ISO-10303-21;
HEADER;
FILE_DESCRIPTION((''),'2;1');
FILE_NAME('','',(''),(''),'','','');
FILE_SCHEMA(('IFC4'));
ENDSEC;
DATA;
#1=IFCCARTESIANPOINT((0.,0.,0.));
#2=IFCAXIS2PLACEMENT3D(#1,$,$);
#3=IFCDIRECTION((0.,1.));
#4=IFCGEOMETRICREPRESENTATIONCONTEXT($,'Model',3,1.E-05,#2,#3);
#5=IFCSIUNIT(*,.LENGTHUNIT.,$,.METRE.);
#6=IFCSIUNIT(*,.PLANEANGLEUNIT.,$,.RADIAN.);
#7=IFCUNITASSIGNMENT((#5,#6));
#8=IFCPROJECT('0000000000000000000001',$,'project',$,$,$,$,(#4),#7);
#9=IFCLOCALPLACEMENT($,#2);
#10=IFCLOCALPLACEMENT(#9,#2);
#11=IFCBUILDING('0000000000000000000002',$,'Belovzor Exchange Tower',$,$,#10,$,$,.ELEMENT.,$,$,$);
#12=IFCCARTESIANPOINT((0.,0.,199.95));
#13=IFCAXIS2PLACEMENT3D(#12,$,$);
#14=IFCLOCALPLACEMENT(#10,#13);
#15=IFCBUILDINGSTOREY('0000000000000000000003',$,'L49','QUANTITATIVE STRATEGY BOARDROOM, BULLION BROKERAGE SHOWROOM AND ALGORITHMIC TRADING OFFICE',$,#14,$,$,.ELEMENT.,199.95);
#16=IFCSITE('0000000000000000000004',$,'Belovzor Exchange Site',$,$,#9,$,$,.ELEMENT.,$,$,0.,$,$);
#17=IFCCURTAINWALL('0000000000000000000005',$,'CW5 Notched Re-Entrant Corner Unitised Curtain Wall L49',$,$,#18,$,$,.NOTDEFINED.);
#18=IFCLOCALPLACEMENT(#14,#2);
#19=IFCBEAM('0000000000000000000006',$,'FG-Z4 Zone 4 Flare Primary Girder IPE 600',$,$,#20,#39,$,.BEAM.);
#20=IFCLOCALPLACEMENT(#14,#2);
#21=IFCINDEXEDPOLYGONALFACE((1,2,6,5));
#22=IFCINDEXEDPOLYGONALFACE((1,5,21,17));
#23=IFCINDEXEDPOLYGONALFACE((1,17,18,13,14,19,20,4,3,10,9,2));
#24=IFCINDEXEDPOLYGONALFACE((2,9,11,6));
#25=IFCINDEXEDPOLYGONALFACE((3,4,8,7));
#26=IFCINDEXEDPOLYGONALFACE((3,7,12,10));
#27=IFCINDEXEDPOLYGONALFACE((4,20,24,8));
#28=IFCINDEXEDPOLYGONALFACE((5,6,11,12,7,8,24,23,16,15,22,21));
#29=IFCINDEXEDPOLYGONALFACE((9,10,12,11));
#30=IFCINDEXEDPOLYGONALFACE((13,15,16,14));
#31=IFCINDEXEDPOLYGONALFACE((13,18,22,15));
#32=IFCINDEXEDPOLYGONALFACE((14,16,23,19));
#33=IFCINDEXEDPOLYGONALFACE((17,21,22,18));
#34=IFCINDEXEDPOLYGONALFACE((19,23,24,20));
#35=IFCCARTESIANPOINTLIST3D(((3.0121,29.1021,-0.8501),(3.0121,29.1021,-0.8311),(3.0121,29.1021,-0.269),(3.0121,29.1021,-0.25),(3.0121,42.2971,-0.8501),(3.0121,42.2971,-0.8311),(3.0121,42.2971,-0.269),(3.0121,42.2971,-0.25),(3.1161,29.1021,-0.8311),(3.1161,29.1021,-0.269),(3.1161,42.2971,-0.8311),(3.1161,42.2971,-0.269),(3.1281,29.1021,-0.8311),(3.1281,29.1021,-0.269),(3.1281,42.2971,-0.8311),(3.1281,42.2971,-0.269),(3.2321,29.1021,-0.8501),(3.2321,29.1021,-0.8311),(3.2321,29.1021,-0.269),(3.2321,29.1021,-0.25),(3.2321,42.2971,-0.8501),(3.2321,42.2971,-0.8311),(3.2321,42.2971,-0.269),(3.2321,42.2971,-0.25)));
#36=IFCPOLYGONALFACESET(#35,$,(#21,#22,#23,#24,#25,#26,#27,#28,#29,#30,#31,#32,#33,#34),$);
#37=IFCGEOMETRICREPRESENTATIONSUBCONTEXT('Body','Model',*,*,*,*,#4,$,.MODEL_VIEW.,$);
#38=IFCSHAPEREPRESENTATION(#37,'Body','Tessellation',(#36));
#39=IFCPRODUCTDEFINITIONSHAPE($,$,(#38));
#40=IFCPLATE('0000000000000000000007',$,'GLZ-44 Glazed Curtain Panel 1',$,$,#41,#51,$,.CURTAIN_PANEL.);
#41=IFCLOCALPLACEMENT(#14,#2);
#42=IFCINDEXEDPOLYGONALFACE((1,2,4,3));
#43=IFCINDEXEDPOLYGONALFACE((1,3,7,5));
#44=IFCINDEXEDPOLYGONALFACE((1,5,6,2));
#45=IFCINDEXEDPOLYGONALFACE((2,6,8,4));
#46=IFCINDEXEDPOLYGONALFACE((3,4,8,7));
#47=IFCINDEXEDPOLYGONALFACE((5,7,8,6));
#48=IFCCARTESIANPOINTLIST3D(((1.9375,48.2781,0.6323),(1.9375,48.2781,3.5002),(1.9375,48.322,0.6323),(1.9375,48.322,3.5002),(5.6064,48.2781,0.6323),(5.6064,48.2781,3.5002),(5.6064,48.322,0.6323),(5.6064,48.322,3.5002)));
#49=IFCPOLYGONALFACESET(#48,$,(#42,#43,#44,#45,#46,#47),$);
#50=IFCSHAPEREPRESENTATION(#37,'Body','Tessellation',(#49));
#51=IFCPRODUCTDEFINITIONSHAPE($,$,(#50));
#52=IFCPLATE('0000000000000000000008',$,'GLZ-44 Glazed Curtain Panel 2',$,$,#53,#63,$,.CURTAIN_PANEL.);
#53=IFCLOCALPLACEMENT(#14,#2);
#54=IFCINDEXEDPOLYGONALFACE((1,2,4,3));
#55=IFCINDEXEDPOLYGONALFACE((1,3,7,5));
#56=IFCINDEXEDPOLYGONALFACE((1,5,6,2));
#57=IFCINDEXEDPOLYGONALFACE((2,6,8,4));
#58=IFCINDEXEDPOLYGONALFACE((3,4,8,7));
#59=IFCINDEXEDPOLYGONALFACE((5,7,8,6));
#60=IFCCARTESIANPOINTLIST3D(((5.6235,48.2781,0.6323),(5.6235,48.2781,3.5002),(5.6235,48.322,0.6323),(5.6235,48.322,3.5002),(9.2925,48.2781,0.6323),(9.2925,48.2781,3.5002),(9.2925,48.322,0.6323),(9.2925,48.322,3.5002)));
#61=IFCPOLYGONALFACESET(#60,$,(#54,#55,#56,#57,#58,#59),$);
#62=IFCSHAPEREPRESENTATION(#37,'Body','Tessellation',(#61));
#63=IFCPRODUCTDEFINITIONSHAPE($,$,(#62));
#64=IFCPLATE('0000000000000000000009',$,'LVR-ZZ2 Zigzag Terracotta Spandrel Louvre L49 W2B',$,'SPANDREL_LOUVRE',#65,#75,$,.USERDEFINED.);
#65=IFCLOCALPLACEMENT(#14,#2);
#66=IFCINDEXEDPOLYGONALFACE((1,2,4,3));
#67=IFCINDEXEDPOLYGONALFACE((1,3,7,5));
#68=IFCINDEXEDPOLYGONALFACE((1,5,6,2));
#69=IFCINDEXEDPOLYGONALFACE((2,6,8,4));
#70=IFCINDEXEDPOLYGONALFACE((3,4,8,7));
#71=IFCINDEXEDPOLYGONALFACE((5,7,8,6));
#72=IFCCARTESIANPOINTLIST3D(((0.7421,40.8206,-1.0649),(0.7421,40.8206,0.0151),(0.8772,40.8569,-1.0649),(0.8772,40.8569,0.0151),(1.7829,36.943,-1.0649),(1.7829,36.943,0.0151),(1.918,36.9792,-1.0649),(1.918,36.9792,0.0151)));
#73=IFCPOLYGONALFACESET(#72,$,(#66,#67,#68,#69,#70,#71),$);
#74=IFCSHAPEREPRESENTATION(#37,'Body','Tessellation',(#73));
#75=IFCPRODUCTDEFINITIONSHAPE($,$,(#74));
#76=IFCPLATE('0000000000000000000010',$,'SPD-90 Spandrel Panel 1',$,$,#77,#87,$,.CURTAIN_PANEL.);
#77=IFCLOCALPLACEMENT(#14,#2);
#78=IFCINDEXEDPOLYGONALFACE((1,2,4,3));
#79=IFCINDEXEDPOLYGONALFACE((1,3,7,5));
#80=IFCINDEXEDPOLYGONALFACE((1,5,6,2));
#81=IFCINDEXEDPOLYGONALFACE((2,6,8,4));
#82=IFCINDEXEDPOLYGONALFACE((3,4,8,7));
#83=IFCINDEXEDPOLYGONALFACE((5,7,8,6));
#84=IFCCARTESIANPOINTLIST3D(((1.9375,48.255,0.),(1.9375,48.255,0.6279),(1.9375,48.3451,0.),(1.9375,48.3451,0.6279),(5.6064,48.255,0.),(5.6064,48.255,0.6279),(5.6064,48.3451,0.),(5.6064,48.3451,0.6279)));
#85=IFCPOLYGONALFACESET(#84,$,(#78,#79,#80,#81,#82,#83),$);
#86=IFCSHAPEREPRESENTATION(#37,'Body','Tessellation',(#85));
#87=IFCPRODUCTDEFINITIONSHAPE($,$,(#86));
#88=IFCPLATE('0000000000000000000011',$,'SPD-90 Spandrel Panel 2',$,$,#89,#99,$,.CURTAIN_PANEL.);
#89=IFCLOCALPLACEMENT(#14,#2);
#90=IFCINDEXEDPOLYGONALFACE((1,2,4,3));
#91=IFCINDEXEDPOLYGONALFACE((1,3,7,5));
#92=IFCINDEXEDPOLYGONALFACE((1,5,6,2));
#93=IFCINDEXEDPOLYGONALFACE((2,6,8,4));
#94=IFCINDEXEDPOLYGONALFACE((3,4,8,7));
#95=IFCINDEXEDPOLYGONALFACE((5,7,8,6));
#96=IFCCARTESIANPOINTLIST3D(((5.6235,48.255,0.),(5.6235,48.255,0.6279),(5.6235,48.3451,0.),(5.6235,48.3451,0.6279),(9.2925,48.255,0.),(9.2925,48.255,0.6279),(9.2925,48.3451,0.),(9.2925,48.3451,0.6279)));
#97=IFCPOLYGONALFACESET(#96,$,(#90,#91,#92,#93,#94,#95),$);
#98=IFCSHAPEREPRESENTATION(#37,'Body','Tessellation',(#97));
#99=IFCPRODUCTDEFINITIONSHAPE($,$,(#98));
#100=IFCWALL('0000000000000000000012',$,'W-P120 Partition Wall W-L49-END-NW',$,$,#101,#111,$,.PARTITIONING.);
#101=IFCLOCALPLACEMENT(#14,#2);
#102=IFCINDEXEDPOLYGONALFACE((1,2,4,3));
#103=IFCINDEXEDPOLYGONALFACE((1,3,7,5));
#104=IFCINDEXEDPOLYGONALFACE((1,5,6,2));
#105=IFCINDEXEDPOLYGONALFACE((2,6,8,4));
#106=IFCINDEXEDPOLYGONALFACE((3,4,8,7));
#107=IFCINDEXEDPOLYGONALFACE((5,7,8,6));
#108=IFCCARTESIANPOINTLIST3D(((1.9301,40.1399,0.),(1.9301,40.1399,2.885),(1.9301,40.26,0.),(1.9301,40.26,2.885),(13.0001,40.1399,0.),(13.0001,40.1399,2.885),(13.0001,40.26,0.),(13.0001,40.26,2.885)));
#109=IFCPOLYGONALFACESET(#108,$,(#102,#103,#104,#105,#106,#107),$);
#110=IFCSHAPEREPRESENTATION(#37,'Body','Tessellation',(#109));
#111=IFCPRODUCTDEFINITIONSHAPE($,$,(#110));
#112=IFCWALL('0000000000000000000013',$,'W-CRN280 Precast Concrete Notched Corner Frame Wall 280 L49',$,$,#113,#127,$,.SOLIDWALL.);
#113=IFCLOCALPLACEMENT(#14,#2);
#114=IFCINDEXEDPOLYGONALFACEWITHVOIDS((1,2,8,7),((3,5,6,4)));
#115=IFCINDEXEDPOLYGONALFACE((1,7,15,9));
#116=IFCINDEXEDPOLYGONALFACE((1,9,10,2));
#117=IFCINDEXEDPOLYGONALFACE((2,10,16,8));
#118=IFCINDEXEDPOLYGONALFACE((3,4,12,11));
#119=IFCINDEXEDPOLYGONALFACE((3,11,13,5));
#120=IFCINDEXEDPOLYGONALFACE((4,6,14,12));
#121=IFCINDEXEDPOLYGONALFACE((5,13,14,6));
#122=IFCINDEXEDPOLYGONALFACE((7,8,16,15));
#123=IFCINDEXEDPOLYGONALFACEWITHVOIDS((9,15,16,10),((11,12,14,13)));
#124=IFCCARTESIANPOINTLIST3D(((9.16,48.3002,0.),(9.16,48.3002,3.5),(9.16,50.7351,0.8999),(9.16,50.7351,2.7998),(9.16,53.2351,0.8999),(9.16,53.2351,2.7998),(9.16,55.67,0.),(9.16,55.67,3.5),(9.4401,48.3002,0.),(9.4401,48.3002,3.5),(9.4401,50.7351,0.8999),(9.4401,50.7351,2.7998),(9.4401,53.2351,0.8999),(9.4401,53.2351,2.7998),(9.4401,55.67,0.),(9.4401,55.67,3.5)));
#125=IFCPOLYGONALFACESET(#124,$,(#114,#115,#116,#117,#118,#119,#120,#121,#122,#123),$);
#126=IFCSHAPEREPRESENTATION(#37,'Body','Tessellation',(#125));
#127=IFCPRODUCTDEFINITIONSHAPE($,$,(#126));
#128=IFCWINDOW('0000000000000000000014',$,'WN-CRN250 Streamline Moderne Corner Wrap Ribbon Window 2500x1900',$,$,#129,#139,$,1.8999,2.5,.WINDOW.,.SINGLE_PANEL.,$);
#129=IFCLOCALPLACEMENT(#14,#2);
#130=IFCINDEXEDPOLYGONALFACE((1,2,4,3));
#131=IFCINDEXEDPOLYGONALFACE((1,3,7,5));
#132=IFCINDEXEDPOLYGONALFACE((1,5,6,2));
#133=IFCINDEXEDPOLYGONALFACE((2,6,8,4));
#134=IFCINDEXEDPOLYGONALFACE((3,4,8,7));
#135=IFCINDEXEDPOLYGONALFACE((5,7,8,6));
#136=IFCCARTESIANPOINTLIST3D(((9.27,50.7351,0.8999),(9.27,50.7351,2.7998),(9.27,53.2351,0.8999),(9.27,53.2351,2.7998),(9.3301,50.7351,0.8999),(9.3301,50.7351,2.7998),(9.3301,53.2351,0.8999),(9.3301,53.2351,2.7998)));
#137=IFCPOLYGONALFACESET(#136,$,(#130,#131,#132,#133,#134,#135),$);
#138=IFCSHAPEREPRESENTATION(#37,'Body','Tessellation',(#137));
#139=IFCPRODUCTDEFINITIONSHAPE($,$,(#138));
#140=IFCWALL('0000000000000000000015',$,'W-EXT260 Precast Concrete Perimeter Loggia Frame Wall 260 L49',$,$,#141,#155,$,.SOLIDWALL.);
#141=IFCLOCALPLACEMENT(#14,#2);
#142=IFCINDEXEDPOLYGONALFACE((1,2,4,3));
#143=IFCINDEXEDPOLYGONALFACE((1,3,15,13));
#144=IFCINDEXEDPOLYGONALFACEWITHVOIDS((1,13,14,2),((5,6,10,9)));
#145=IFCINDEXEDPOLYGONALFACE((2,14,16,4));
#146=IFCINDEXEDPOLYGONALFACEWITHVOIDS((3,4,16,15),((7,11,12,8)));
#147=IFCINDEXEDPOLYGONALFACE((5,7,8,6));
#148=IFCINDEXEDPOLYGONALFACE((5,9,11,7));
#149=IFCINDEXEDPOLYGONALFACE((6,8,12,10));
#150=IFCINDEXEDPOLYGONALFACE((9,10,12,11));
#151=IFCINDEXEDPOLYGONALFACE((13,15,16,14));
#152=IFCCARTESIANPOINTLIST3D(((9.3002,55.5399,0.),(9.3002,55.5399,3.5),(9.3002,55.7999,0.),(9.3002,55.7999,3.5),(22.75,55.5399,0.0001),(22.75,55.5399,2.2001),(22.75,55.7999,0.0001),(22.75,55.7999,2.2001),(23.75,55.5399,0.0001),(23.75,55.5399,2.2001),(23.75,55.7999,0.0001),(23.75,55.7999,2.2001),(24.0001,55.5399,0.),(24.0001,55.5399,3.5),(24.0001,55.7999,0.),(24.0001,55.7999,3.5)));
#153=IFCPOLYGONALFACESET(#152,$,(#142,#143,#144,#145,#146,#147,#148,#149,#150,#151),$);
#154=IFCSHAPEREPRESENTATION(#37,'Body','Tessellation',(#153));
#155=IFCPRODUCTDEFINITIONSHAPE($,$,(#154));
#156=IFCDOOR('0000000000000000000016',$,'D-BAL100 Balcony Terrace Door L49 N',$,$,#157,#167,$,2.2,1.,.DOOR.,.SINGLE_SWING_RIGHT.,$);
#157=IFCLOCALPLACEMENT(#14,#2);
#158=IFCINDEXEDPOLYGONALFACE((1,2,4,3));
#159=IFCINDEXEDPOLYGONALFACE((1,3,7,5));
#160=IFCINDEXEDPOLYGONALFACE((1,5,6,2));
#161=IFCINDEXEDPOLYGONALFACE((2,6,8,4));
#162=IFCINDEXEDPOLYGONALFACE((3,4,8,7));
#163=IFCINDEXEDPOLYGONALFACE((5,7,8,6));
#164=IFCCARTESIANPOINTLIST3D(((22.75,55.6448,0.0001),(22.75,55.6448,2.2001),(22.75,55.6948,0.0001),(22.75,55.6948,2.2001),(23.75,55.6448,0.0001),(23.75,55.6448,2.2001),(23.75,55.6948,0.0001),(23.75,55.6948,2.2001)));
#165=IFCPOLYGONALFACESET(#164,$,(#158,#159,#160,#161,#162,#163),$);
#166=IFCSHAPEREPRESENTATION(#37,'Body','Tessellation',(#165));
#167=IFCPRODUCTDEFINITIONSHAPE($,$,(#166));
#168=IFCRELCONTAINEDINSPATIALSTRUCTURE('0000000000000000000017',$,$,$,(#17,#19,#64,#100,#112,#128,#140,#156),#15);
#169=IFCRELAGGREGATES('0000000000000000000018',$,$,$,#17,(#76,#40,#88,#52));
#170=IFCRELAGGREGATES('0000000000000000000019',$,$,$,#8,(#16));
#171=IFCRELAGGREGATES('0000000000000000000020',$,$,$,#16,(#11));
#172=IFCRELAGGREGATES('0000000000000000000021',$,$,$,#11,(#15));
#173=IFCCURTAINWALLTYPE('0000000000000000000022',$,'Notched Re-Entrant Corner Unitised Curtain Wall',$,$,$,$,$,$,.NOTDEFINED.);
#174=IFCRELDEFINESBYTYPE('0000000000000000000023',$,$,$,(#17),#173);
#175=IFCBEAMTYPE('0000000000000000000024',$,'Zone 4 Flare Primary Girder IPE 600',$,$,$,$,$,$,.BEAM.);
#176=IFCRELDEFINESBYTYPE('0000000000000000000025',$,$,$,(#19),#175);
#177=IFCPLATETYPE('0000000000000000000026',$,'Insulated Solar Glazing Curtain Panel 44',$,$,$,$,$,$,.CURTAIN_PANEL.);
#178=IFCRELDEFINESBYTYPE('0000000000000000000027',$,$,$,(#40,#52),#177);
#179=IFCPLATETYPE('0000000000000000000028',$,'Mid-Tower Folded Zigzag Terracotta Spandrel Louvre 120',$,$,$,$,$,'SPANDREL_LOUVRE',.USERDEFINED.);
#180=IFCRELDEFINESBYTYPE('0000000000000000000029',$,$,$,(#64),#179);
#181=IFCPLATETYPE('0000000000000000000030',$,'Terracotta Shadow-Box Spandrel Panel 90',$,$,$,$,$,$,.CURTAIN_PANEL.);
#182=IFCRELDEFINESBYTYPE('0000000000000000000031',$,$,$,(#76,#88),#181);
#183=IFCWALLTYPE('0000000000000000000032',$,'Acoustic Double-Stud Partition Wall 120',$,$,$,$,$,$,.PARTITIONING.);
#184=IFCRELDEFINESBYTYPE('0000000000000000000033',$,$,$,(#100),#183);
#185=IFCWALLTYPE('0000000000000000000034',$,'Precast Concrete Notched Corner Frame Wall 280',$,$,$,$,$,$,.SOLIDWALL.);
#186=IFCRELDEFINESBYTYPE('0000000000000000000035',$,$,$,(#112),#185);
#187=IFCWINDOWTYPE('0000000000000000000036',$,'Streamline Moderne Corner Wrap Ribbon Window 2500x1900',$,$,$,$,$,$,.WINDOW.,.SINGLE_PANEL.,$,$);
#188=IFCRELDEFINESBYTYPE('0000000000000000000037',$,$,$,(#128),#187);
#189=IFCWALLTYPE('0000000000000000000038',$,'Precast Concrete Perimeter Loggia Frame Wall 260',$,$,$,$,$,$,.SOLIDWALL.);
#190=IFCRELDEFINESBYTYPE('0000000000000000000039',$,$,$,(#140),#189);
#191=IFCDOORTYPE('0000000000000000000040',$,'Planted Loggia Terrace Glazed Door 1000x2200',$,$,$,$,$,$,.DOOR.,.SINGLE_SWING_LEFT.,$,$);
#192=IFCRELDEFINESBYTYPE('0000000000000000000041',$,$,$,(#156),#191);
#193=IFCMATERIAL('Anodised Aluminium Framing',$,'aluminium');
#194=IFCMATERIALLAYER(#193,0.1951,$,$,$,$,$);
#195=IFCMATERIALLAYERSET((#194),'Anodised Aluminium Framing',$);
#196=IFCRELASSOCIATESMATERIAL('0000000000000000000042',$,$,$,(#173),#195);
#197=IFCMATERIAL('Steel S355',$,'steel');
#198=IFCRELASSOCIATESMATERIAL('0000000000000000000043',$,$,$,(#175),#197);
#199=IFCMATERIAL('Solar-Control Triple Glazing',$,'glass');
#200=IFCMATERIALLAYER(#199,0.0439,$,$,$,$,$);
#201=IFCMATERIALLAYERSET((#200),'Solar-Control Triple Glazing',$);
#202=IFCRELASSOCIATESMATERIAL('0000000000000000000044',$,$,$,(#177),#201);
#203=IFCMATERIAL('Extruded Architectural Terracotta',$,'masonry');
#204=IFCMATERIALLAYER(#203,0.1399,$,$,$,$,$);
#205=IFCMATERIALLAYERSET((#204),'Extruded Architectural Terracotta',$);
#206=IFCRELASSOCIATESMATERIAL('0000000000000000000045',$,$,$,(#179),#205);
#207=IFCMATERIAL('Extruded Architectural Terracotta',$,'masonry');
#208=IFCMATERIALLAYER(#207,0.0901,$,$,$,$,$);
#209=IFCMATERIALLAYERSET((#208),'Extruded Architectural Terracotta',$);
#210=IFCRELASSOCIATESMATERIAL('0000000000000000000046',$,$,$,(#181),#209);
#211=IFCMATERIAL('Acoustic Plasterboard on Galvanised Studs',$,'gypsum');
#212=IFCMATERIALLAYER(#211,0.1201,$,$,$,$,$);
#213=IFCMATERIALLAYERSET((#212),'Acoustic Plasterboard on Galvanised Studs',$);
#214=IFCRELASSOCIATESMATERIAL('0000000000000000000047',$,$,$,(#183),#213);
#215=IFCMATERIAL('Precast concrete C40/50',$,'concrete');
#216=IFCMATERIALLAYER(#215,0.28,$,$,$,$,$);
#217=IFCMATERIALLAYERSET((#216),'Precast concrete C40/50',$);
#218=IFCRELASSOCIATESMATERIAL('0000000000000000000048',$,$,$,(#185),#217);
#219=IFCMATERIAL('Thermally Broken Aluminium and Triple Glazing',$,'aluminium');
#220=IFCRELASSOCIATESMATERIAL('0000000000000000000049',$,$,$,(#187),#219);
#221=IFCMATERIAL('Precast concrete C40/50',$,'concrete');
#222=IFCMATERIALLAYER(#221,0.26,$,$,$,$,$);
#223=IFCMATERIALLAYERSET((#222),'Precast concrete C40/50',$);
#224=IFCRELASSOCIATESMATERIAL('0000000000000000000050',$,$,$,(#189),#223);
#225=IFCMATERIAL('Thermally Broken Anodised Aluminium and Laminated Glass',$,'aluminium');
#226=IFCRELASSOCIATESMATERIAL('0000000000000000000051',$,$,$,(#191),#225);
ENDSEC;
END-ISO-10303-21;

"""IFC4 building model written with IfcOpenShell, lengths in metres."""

from ifc_helpers import new_model, si_unit, direction, frame, frame_2d, origin, origin_2d, place, context, subcontext, project, spatial, rectangle, i_section, extrude, material, layer, layer_set, material_profile, profile_set, type_object, element, fill, aggregate, save


model = new_model("IFC4")

# Units and contexts
model_context = context("Model", 3, precision=1e-05, world=origin(), true_north=direction((0.0, 1.0)))
body_context = subcontext(model_context, "Body", "Model", "MODEL_VIEW")
ifc_project = project(units=[si_unit("LENGTHUNIT", "METRE"), si_unit("PLANEANGLEUNIT", "RADIAN")], contexts=[model_context])

# Site, building, storey
site_placement = place(None, origin())
site = spatial("IfcSite", under=ifc_project, at=site_placement, Name="Belovzor Exchange Site", CompositionType="ELEMENT", RefElevation=0.0)
building_placement = place(site_placement, origin())
building = spatial("IfcBuilding", under=site, at=building_placement, Name="Belovzor Exchange Tower", CompositionType="ELEMENT")
storey_placement = place(building_placement, frame((0.0, 0.0, 199.95)))
storey = spatial("IfcBuildingStorey", under=building, at=storey_placement, Name="L49", Description="QUANTITATIVE STRATEGY BOARDROOM, BULLION BROKERAGE SHOWROOM AND ALGORITHMIC TRADING OFFICE", CompositionType="ELEMENT", Elevation=199.95)

# Curtain wall
ifc_material_1 = material(Name="Anodised Aluminium Framing", Category="aluminium")
ifc_layer_1 = layer(ifc_material_1, 0.1951)
ifc_layer_set_1 = layer_set([ifc_layer_1], Name="Anodised Aluminium Framing")
curtain_wall_type = type_object("IfcCurtainWallType", Name="Notched Re-Entrant Corner Unitised Curtain Wall", PredefinedType="NOTDEFINED", material=ifc_layer_set_1)
curtain_wall_placement = place(storey_placement, origin())
curtain_wall = element("IfcCurtainWall", 1, at=curtain_wall_placement, inside=storey, type_object=curtain_wall_type, Name="CW5 Notched Re-Entrant Corner Unitised Curtain Wall L49", PredefinedType="NOTDEFINED")

# Beam
ifc_material_2 = material(Name="Steel S355", Category="steel")
ifc_material_profile_1 = material_profile(ifc_material_2, i_section(OverallWidth=0.22, OverallDepth=0.6001, WebThickness=0.012, FlangeThickness=0.019, at=origin_2d()))
ifc_profile_set_1 = profile_set([ifc_material_profile_1], Name="Steel S355")
beam_type_1 = type_object("IfcBeamType", Name="Zone 4 Flare Primary Girder IPE 600", PredefinedType="BEAM", material=ifc_profile_set_1)
beam_1_placement = place(storey_placement, frame((3.1221, 42.2971, -0.55), z_axis=(0.0, -1.0, 0.0), x_axis=(1.0, 0.0, 0.0)))
element("IfcBeam", 2, at=beam_1_placement, inside=storey, type_object=beam_type_1, Name="FG-Z4 Zone 4 Flare Primary Girder IPE 600", PredefinedType="BEAM", context=body_context, shape_type="SweptSolid", body=[
    extrude(i_section(OverallWidth=0.22, OverallDepth=0.6001, WebThickness=0.012, FlangeThickness=0.019, at=origin_2d()), origin(), (0.0, 0.0, 1.0), 13.1951),
])

# Plates
ifc_material_3 = material(Name="Solar-Control Triple Glazing", Category="glass")
ifc_layer_2 = layer(ifc_material_3, 0.0439)
ifc_layer_set_2 = layer_set([ifc_layer_2], Name="Solar-Control Triple Glazing")
plate_type_1 = type_object("IfcPlateType", Name="Insulated Solar Glazing Curtain Panel 44", PredefinedType="CURTAIN_PANEL", material=ifc_layer_set_2)
plate_1_placement = place(storey_placement, frame((3.772, 48.3, 0.6323), z_axis=(0.0, 0.0, 1.0), x_axis=(1.0, 0.0, 0.0)))
plate_1 = element("IfcPlate", 3, at=plate_1_placement, type_object=plate_type_1, Name="GLZ-44 Glazed Curtain Panel 1", PredefinedType="CURTAIN_PANEL", context=body_context, shape_type="SweptSolid", body=[
    extrude(rectangle(XDim=3.6689, YDim=0.0439, at=origin_2d()), origin(), (0.0, 0.0, 1.0), 2.8679),
])
plate_2_placement = place(storey_placement, frame((7.458, 48.3, 0.6323), z_axis=(0.0, 0.0, 1.0), x_axis=(1.0, 0.0, 0.0)))
plate_2 = element("IfcPlate", 4, at=plate_2_placement, type_object=plate_type_1, Name="GLZ-44 Glazed Curtain Panel 2", PredefinedType="CURTAIN_PANEL", context=body_context, shape_type="SweptSolid", body=[
    extrude(rectangle(XDim=3.6689, YDim=0.0439, at=origin_2d()), origin(), (0.0, 0.0, 1.0), 2.8679),
])
ifc_material_4 = material(Name="Extruded Architectural Terracotta", Category="masonry")
ifc_layer_3 = layer(ifc_material_4, 0.1399)
ifc_layer_set_3 = layer_set([ifc_layer_3], Name="Extruded Architectural Terracotta")
plate_type_2 = type_object("IfcPlateType", Name="Mid-Tower Folded Zigzag Terracotta Spandrel Louvre 120", ElementType="SPANDREL_LOUVRE", PredefinedType="USERDEFINED", material=ifc_layer_set_3)
plate_3_placement = place(storey_placement, frame((1.3301, 38.8999, -1.0649), z_axis=(0.0, 0.0, 1.0), x_axis=(-0.25924, 0.965813, 0.0)))
element("IfcPlate", 5, at=plate_3_placement, inside=storey, type_object=plate_type_2, Name="LVR-ZZ2 Zigzag Terracotta Spandrel Louvre L49 W2B", ObjectType="SPANDREL_LOUVRE", PredefinedType="USERDEFINED", context=body_context, shape_type="SweptSolid", body=[
    extrude(rectangle(XDim=4.0149, YDim=0.1399, at=origin_2d()), origin(), (0.0, 0.0, 1.0), 1.0801),
])
ifc_material_5 = material(Name="Extruded Architectural Terracotta", Category="masonry")
ifc_layer_4 = layer(ifc_material_5, 0.0901)
ifc_layer_set_4 = layer_set([ifc_layer_4], Name="Extruded Architectural Terracotta")
plate_type_3 = type_object("IfcPlateType", Name="Terracotta Shadow-Box Spandrel Panel 90", PredefinedType="CURTAIN_PANEL", material=ifc_layer_set_4)
plate_4_placement = place(storey_placement, frame((3.772, 48.3, 0.0), z_axis=(0.0, 0.0, 1.0), x_axis=(1.0, 0.0, 0.0)))
plate_4 = element("IfcPlate", 6, at=plate_4_placement, type_object=plate_type_3, Name="SPD-90 Spandrel Panel 1", PredefinedType="CURTAIN_PANEL", context=body_context, shape_type="SweptSolid", body=[
    extrude(rectangle(XDim=3.6689, YDim=0.0901, at=origin_2d()), origin(), (0.0, 0.0, 1.0), 0.6279),
])
plate_5_placement = place(storey_placement, frame((7.458, 48.3, 0.0), z_axis=(0.0, 0.0, 1.0), x_axis=(1.0, 0.0, 0.0)))
plate_5 = element("IfcPlate", 7, at=plate_5_placement, type_object=plate_type_3, Name="SPD-90 Spandrel Panel 2", PredefinedType="CURTAIN_PANEL", context=body_context, shape_type="SweptSolid", body=[
    extrude(rectangle(XDim=3.6689, YDim=0.0901, at=origin_2d()), origin(), (0.0, 0.0, 1.0), 0.6279),
])
aggregate(curtain_wall, [plate_4, plate_1, plate_5, plate_2])

# Wall
ifc_material_6 = material(Name="Acoustic Plasterboard on Galvanised Studs", Category="gypsum")
ifc_layer_5 = layer(ifc_material_6, 0.1201)
ifc_layer_set_5 = layer_set([ifc_layer_5], Name="Acoustic Plasterboard on Galvanised Studs")
wall_type_1 = type_object("IfcWallType", Name="Acoustic Double-Stud Partition Wall 120", PredefinedType="PARTITIONING", material=ifc_layer_set_5)
wall_1_placement = place(storey_placement, frame((1.9299, 40.2, 0.0), z_axis=(0.0, 0.0, 1.0), x_axis=(1.0, 0.0, 0.0)))
element("IfcWall", 8, at=wall_1_placement, inside=storey, type_object=wall_type_1, Name="W-P120 Partition Wall W-L49-END-NW", PredefinedType="PARTITIONING", context=body_context, shape_type="SweptSolid", body=[
    extrude(rectangle(XDim=11.0701, YDim=0.1201, at=frame_2d((5.5352, 0.0))), origin(), (0.0, 0.0, 1.0), 2.885),
])

# Wall, opening, window
ifc_material_7 = material(Name="Precast concrete C40/50", Category="concrete")
ifc_layer_6 = layer(ifc_material_7, 0.28)
ifc_layer_set_6 = layer_set([ifc_layer_6], Name="Precast concrete C40/50")
wall_type_2 = type_object("IfcWallType", Name="Precast Concrete Notched Corner Frame Wall 280", PredefinedType="SOLIDWALL", material=ifc_layer_set_6)
wall_2_placement = place(storey_placement, frame((9.3, 48.3, 0.0), z_axis=(0.0, 0.0, 1.0), x_axis=(0.0, 1.0, 0.0)))
wall_2 = element("IfcWall", 9, at=wall_2_placement, inside=storey, type_object=wall_type_2, Name="W-CRN280 Precast Concrete Notched Corner Frame Wall 280 L49", PredefinedType="SOLIDWALL", context=body_context, shape_type="SweptSolid", body=[
    extrude(rectangle(XDim=7.3699, YDim=0.28, at=frame_2d((3.6851, 0.0))), origin(), (0.0, 0.0, 1.0), 3.5),
])
opening_1_placement = place(wall_2_placement, frame((2.4351, 0.0, 0.8999)))
opening_1 = element("IfcOpeningElement", 10, at=opening_1_placement, cuts=wall_2, PredefinedType="OPENING", context=body_context, shape_type="SweptSolid", body=[
    extrude(rectangle(XDim=2.5, YDim=1.8999, at=frame_2d((1.25, 0.95))), frame((0.0, 0.1499, 0.0), z_axis=(0.0, -1.0, 0.0), x_axis=(1.0, 0.0, 0.0)), (0.0, 0.0, 1.0), 0.3),
])
ifc_material_8 = material(Name="Thermally Broken Aluminium and Triple Glazing", Category="aluminium")
window_type = type_object("IfcWindowType", Name="Streamline Moderne Corner Wrap Ribbon Window 2500x1900", PartitioningType="SINGLE_PANEL", PredefinedType="WINDOW", material=ifc_material_8)
window_placement = place(opening_1_placement, origin())
window = element("IfcWindow", 11, at=window_placement, inside=storey, type_object=window_type, Name="WN-CRN250 Streamline Moderne Corner Wrap Ribbon Window 2500x1900", OverallHeight=1.8999, OverallWidth=2.5, PartitioningType="SINGLE_PANEL", PredefinedType="WINDOW", context=body_context, shape_type="SweptSolid", body=[
    extrude(rectangle(XDim=2.5, YDim=1.8999, at=frame_2d((1.25, 0.95))), frame((0.0, 0.03, 0.0), z_axis=(0.0, -1.0, 0.0), x_axis=(1.0, 0.0, 0.0)), (0.0, 0.0, 1.0), 0.0601),
])
fill(opening_1, window)

# Wall, opening, door
ifc_material_9 = material(Name="Precast concrete C40/50", Category="concrete")
ifc_layer_7 = layer(ifc_material_9, 0.26)
ifc_layer_set_7 = layer_set([ifc_layer_7], Name="Precast concrete C40/50")
wall_type_3 = type_object("IfcWallType", Name="Precast Concrete Perimeter Loggia Frame Wall 260", PredefinedType="SOLIDWALL", material=ifc_layer_set_7)
wall_3_placement = place(storey_placement, frame((9.3, 55.6699, 0.0), z_axis=(0.0, 0.0, 1.0), x_axis=(1.0, 0.0, 0.0)))
wall_3 = element("IfcWall", 12, at=wall_3_placement, inside=storey, type_object=wall_type_3, Name="W-EXT260 Precast Concrete Perimeter Loggia Frame Wall 260 L49", PredefinedType="SOLIDWALL", context=body_context, shape_type="SweptSolid", body=[
    extrude(rectangle(XDim=14.7, YDim=0.26, at=frame_2d((7.3501, 0.0))), origin(), (0.0, 0.0, 1.0), 3.5),
])
opening_2_placement = place(wall_3_placement, frame((13.45, 0.0, 0.0)))
opening_2 = element("IfcOpeningElement", 13, at=opening_2_placement, cuts=wall_3, PredefinedType="OPENING", context=body_context, shape_type="SweptSolid", body=[
    extrude(rectangle(XDim=1.0, YDim=2.2, at=frame_2d((0.5, 1.1001))), frame((0.0, 0.1399, 0.0), z_axis=(0.0, -1.0, 0.0), x_axis=(1.0, 0.0, 0.0)), (0.0, 0.0, 1.0), 0.28),
])
ifc_material_10 = material(Name="Thermally Broken Anodised Aluminium and Laminated Glass", Category="aluminium")
door_type = type_object("IfcDoorType", Name="Planted Loggia Terrace Glazed Door 1000x2200", OperationType="SINGLE_SWING_LEFT", PredefinedType="DOOR", material=ifc_material_10)
door_placement = place(opening_2_placement, origin())
door = element("IfcDoor", 14, at=door_placement, inside=storey, type_object=door_type, Name="D-BAL100 Balcony Terrace Door L49 N", OperationType="SINGLE_SWING_RIGHT", OverallHeight=2.2, OverallWidth=1.0, PredefinedType="DOOR", context=body_context, shape_type="SweptSolid", body=[
    extrude(rectangle(XDim=1.0, YDim=2.2, at=frame_2d((0.5, 1.1001))), frame((0.0, 0.0249, 0.0), z_axis=(0.0, -1.0, 0.0), x_axis=(1.0, 0.0, 0.0)), (0.0, 0.0, 1.0), 0.05),
])
fill(opening_2, door)

save(model, "model.ifc")
